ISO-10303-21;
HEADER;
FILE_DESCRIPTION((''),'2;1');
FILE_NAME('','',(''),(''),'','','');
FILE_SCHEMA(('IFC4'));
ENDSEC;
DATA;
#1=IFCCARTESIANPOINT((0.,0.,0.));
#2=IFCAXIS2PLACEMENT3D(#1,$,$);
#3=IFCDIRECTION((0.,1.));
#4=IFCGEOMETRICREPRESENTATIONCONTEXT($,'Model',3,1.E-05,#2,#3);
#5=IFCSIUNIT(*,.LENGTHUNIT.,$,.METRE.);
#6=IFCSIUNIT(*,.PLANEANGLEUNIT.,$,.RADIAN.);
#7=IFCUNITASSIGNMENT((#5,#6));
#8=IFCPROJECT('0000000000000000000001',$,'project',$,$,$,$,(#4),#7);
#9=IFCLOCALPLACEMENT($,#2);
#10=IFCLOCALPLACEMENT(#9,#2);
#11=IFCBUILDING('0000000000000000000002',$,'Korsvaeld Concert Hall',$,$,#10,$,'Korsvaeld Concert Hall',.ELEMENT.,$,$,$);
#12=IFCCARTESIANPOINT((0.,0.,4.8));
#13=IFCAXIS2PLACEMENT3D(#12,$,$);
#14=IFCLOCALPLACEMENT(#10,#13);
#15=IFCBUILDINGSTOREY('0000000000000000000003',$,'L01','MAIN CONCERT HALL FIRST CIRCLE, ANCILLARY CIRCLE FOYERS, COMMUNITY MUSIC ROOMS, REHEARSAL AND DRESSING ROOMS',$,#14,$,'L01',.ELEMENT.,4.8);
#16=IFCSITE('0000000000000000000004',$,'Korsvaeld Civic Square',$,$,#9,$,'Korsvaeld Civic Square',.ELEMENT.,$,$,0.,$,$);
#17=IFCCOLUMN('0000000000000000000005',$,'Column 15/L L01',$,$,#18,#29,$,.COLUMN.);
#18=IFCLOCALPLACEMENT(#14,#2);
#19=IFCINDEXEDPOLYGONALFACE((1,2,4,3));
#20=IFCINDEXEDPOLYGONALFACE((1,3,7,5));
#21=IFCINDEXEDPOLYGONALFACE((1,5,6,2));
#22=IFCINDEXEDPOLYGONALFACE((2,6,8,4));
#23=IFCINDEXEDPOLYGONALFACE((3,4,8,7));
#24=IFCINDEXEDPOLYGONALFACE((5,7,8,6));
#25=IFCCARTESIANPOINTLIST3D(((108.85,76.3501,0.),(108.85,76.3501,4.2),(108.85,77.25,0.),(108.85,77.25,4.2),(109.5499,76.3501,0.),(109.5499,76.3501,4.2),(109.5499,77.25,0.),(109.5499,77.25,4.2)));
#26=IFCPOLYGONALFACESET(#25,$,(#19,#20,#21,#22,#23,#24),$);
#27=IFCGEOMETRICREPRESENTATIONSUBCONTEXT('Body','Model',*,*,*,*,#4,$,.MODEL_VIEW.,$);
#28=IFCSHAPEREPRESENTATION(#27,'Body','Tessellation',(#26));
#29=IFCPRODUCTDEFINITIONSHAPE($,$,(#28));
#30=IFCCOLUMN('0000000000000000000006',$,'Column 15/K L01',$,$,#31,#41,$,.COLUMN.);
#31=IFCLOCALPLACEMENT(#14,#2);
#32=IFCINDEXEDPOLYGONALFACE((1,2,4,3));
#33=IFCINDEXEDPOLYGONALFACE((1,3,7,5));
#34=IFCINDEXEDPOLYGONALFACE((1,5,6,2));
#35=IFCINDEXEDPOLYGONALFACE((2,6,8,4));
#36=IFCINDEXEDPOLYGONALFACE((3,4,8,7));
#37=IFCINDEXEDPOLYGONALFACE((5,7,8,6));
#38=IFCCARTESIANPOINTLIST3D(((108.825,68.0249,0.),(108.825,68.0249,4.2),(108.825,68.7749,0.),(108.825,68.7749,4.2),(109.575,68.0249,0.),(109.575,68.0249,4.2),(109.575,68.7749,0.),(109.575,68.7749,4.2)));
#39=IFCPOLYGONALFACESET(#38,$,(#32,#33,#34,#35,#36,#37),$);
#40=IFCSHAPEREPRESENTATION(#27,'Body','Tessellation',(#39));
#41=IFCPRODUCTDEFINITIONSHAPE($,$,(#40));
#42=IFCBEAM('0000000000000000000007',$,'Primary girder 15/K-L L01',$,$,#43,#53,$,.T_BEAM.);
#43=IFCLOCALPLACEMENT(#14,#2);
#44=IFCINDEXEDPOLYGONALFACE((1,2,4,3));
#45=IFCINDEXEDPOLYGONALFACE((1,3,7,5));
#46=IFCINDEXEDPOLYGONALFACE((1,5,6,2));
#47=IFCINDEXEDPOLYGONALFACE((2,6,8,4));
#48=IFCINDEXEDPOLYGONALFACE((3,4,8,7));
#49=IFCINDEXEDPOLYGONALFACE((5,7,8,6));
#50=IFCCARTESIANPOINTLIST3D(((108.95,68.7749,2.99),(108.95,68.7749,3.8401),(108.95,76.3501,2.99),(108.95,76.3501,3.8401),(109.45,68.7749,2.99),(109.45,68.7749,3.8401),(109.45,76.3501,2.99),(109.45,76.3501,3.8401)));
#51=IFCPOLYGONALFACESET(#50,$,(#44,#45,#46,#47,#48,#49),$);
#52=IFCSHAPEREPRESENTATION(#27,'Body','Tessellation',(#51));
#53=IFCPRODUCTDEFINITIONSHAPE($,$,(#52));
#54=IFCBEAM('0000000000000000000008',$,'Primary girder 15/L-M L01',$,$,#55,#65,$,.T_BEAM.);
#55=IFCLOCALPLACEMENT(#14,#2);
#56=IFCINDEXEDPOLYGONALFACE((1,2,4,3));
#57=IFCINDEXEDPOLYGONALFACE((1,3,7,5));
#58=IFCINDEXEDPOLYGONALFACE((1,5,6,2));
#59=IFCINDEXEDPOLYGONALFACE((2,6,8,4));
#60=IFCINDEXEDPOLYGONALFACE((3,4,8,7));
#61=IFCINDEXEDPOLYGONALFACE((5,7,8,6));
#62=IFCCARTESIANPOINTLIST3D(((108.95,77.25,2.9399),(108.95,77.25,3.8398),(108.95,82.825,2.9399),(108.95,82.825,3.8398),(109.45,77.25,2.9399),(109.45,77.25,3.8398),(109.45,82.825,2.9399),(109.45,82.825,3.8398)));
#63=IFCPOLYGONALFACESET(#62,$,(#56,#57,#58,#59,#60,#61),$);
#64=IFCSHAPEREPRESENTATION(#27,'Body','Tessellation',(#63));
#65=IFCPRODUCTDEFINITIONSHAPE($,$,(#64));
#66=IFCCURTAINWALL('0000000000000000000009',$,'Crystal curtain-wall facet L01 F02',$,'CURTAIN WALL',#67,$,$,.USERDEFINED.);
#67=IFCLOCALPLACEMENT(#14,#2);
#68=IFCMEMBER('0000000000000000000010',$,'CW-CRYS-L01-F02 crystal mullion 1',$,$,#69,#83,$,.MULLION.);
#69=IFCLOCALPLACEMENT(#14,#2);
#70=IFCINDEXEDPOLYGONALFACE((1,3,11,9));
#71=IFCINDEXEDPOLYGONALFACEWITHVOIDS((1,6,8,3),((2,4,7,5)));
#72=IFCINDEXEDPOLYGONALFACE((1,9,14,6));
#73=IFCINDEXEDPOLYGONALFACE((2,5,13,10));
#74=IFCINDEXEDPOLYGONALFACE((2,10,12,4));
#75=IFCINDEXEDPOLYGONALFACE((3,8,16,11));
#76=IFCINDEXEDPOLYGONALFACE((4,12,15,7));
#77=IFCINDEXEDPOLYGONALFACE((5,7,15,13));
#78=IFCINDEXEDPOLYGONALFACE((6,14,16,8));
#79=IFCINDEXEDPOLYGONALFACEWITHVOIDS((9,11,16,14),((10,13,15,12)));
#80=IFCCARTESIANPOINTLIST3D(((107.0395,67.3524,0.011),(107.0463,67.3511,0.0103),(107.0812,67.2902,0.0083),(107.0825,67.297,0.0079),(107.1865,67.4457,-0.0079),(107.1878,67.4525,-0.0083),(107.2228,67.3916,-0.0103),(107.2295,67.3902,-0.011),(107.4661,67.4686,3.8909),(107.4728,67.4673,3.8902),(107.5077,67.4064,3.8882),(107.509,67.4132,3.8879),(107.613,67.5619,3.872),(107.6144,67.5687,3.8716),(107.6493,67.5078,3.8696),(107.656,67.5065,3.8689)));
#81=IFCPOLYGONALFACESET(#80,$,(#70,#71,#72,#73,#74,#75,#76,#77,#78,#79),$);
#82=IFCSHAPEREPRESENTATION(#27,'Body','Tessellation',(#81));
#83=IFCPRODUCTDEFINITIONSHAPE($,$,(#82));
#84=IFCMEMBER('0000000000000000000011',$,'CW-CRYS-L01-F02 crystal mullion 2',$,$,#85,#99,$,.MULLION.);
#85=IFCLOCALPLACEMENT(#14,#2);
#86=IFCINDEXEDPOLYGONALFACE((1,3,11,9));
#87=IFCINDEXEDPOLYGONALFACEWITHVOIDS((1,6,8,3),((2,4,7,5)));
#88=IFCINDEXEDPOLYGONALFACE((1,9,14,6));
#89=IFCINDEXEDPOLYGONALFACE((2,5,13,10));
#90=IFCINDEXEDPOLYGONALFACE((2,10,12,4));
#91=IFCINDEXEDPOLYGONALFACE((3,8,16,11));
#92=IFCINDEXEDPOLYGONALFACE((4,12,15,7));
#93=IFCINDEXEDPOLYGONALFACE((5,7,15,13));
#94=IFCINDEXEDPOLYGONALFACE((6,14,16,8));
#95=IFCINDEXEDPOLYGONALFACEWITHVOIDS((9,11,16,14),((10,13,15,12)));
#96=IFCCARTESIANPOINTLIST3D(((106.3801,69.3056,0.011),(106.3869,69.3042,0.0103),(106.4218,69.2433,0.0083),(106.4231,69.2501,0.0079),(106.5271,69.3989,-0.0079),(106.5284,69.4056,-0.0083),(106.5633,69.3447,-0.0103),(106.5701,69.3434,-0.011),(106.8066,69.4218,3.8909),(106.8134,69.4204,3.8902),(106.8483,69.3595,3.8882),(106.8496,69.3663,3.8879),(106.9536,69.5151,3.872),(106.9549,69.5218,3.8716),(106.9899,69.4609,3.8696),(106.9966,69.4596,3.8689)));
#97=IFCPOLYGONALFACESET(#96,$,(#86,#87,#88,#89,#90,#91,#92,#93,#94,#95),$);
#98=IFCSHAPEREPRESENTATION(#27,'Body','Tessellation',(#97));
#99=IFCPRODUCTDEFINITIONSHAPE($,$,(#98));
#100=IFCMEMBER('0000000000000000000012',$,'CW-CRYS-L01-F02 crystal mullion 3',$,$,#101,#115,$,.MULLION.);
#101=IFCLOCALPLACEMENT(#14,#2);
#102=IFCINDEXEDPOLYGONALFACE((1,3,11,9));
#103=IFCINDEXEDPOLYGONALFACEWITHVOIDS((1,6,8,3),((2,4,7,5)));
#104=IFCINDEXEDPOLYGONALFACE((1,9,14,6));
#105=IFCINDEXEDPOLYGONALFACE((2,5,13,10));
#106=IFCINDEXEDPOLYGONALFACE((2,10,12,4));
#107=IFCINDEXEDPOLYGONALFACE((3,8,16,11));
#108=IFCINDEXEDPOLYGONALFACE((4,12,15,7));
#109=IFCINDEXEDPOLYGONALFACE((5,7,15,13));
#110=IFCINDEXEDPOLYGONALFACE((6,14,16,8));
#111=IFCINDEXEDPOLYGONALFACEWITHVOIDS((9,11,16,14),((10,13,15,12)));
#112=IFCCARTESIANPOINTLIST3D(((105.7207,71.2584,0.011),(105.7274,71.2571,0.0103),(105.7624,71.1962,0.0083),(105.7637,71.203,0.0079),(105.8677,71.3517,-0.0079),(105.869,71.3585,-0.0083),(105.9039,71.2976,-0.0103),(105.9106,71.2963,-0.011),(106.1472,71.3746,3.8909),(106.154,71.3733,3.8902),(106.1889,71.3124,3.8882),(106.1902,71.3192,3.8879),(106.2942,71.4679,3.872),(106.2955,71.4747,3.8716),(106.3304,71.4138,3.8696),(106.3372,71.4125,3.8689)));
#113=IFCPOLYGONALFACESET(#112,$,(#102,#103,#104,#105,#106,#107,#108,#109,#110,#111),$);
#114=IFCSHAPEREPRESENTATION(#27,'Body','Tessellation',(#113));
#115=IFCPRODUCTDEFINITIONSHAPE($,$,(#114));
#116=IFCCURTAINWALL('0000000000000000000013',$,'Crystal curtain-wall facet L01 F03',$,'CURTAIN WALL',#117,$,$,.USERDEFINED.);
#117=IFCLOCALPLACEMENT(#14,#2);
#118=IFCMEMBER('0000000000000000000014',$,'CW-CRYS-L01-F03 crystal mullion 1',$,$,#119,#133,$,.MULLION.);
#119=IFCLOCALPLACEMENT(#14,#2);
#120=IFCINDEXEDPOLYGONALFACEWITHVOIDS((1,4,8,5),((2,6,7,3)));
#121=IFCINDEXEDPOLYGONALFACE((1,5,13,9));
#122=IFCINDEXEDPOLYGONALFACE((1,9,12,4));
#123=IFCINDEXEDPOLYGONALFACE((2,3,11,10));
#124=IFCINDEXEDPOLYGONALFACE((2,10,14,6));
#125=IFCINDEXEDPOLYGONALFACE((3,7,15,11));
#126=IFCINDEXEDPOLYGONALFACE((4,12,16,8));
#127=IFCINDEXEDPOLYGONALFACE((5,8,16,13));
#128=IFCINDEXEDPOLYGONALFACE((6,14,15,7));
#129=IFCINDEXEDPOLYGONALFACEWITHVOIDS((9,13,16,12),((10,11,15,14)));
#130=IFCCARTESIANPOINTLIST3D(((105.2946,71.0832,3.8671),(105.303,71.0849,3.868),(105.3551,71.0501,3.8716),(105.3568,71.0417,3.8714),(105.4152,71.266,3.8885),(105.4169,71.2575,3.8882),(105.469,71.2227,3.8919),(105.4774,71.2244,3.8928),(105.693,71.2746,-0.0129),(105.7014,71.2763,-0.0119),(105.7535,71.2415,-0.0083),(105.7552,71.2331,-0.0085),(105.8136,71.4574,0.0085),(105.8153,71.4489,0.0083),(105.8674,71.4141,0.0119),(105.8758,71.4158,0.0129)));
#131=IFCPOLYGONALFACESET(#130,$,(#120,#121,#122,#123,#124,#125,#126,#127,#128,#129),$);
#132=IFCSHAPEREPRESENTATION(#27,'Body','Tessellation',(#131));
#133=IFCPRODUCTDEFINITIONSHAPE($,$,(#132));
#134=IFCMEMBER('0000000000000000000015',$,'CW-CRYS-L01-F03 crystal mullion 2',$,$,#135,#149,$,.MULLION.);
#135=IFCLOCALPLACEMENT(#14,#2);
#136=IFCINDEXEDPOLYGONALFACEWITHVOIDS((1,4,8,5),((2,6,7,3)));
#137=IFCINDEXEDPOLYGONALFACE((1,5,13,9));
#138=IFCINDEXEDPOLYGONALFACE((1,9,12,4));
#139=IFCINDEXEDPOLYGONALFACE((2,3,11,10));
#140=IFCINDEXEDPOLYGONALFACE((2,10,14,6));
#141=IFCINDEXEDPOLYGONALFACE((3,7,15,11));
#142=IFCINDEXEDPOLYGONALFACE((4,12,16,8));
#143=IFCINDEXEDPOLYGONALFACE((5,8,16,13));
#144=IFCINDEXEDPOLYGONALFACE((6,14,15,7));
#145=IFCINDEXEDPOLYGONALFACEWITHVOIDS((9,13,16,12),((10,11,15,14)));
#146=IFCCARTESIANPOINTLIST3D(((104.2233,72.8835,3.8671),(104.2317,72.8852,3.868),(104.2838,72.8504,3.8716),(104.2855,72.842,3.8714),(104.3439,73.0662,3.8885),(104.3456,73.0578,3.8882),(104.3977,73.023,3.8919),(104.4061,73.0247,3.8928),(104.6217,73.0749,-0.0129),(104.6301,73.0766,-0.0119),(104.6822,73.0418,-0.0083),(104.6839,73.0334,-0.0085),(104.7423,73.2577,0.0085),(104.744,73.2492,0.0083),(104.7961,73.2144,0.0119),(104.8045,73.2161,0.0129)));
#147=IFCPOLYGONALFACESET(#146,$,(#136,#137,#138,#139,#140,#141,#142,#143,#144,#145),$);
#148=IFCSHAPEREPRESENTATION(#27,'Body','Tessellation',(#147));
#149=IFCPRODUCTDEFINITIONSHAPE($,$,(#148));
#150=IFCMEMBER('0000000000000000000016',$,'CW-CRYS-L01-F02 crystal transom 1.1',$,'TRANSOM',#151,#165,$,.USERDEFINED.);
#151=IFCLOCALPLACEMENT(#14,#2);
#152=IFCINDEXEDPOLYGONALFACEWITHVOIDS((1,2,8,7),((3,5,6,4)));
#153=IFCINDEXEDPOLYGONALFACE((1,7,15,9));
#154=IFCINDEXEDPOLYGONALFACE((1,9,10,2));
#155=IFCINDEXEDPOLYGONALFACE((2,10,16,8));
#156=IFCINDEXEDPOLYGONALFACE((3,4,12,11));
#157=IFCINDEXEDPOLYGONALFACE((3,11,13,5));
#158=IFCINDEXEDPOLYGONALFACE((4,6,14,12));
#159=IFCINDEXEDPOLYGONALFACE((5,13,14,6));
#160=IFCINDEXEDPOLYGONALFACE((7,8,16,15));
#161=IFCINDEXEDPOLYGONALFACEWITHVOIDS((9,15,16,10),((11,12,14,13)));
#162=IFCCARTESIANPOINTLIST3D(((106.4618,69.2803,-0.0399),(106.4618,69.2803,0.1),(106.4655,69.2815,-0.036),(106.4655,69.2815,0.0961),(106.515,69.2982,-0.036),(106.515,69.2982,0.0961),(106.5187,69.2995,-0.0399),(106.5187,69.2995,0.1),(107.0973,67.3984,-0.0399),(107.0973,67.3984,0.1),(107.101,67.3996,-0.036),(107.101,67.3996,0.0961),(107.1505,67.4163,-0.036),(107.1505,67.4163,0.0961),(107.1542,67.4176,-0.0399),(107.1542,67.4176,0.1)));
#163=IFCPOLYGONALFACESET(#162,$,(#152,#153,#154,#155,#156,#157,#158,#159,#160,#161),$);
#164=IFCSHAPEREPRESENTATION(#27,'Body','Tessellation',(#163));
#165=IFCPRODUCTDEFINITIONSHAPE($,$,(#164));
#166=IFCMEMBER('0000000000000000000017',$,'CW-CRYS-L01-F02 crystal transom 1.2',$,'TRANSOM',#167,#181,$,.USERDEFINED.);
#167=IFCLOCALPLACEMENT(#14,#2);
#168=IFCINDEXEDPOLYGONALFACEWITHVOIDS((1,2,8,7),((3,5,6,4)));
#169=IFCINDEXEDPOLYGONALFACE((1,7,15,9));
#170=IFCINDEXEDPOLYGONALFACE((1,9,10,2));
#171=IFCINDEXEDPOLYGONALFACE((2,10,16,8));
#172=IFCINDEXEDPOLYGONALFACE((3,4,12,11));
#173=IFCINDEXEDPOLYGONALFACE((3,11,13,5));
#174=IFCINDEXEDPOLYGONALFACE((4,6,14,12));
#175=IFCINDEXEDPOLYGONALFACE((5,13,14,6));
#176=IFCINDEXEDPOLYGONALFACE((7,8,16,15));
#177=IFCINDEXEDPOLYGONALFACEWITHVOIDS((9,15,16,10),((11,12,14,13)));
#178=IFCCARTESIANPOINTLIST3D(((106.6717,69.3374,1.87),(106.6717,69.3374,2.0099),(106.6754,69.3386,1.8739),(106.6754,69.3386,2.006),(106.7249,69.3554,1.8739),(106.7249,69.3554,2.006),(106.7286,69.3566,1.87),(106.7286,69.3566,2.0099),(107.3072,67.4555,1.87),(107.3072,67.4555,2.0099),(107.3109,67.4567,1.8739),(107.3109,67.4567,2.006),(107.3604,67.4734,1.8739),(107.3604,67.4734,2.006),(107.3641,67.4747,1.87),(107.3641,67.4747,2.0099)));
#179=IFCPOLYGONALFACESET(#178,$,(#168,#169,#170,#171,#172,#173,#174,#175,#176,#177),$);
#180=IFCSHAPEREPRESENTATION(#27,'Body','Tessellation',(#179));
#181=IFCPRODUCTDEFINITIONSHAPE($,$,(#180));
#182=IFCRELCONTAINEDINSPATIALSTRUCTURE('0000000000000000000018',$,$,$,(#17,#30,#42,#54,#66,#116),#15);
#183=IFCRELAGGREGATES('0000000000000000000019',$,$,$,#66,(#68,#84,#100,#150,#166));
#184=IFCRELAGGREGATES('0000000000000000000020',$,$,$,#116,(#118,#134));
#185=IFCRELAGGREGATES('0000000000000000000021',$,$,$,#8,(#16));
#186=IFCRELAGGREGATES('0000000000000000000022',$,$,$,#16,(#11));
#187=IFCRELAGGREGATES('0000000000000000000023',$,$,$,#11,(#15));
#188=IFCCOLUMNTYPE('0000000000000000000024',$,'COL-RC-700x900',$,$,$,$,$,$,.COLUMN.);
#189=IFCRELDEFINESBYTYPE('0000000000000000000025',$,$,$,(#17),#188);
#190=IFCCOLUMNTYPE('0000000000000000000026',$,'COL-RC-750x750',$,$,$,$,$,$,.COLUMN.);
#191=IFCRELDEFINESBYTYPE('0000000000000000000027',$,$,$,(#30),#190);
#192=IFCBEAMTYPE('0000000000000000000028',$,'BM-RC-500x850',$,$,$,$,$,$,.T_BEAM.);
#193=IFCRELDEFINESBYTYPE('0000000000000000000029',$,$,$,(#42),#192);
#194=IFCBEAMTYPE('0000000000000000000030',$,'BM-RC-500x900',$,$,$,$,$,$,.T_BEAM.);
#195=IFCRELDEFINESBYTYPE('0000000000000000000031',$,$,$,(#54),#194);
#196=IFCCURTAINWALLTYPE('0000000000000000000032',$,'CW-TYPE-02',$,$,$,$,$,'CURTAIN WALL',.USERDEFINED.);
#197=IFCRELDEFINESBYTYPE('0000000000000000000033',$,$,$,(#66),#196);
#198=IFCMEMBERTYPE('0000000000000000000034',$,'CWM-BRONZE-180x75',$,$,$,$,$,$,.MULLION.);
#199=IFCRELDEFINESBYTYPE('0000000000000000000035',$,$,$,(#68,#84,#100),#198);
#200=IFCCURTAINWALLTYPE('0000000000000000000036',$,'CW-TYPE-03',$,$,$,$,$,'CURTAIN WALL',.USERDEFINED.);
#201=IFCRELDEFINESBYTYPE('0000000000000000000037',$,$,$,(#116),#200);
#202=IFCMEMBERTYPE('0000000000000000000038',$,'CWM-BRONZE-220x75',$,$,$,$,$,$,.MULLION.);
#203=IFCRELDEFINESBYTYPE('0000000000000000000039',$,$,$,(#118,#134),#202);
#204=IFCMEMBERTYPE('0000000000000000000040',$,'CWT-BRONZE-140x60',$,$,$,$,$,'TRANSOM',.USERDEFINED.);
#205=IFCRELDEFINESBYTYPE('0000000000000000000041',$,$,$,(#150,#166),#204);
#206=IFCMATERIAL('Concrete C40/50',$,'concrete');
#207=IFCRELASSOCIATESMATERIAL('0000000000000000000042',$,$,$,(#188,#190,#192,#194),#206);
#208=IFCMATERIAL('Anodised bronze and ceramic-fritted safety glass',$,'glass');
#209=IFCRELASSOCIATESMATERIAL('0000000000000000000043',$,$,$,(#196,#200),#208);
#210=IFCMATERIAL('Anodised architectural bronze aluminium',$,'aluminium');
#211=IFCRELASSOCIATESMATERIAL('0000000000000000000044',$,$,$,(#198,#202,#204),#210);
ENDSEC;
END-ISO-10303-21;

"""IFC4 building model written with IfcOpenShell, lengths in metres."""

from ifc_helpers import new_model, si_unit, direction, frame, origin, origin_2d, place, context, subcontext, project, spatial, rectangle, hollow_rectangle, extrude, material, material_profile, profile_set, type_object, element, aggregate, save


model = new_model("IFC4")

# Units and contexts
model_context = context("Model", 3, precision=1e-05, world=origin(), true_north=direction((0.0, 1.0)))
body_context = subcontext(model_context, "Body", "Model", "MODEL_VIEW")
ifc_project = project(units=[si_unit("LENGTHUNIT", "METRE"), si_unit("PLANEANGLEUNIT", "RADIAN")], contexts=[model_context])

# Site, building, storey
site_placement = place(None, origin())
site = spatial("IfcSite", under=ifc_project, at=site_placement, Name="Korsvaeld Civic Square", LongName="Korsvaeld Civic Square", CompositionType="ELEMENT", RefElevation=0.0)
building_placement = place(site_placement, origin())
building = spatial("IfcBuilding", under=site, at=building_placement, Name="Korsvaeld Concert Hall", LongName="Korsvaeld Concert Hall", CompositionType="ELEMENT")
storey_placement = place(building_placement, frame((0.0, 0.0, 4.8)))
storey = spatial("IfcBuildingStorey", under=building, at=storey_placement, Name="L01", Description="MAIN CONCERT HALL FIRST CIRCLE, ANCILLARY CIRCLE FOYERS, COMMUNITY MUSIC ROOMS, REHEARSAL AND DRESSING ROOMS", LongName="L01", CompositionType="ELEMENT", Elevation=4.8)

# Columns
ifc_material_1 = material(Name="Concrete C40/50", Category="concrete")
ifc_material_profile_1 = material_profile(ifc_material_1, rectangle(XDim=0.7, YDim=0.8999, at=origin_2d()), Name="RC 700x900")
ifc_profile_set_1 = profile_set([ifc_material_profile_1], Name="Concrete C40/50")
column_type_1 = type_object("IfcColumnType", Name="COL-RC-700x900", PredefinedType="COLUMN", material=ifc_profile_set_1)
column_1_placement = place(storey_placement, frame((109.2, 76.8, 0.0), z_axis=(0.0, 0.0, 1.0), x_axis=(1.0, 0.0, 0.0)))
element("IfcColumn", 1, at=column_1_placement, inside=storey, type_object=column_type_1, Name="Column 15/L L01", PredefinedType="COLUMN", context=body_context, shape_type="SweptSolid", body=[
    extrude(rectangle(XDim=0.7, YDim=0.8999, at=origin_2d()), origin(), (0.0, 0.0, 1.0), 4.2),
])
ifc_material_profile_2 = material_profile(ifc_material_1, rectangle(XDim=0.75, YDim=0.75, at=origin_2d()), Name="RC 750x750")
ifc_profile_set_2 = profile_set([ifc_material_profile_2], Name="Concrete C40/50")
column_type_2 = type_object("IfcColumnType", Name="COL-RC-750x750", PredefinedType="COLUMN", material=ifc_profile_set_2)
column_2_placement = place(storey_placement, frame((109.2, 68.3999, 0.0), z_axis=(0.0, 0.0, 1.0), x_axis=(1.0, 0.0, 0.0)))
element("IfcColumn", 2, at=column_2_placement, inside=storey, type_object=column_type_2, Name="Column 15/K L01", PredefinedType="COLUMN", context=body_context, shape_type="SweptSolid", body=[
    extrude(rectangle(XDim=0.75, YDim=0.75, at=origin_2d()), origin(), (0.0, 0.0, 1.0), 4.2),
])

# Beams
ifc_material_profile_3 = material_profile(ifc_material_1, rectangle(XDim=0.5, YDim=0.8501, at=origin_2d()), Name="RC 500x850")
ifc_profile_set_3 = profile_set([ifc_material_profile_3], Name="Concrete C40/50")
beam_type_1 = type_object("IfcBeamType", Name="BM-RC-500x850", PredefinedType="T_BEAM", material=ifc_profile_set_3)
beam_1_placement = place(storey_placement, frame((109.2, 68.7749, 3.415), z_axis=(0.0, 1.0, 0.0), x_axis=(-1.0, 0.0, 0.0)))
element("IfcBeam", 3, at=beam_1_placement, inside=storey, type_object=beam_type_1, Name="Primary girder 15/K-L L01", PredefinedType="T_BEAM", context=body_context, shape_type="SweptSolid", body=[
    extrude(rectangle(XDim=0.5, YDim=0.8501, at=origin_2d()), origin(), (0.0, 0.0, 1.0), 7.5752),
])
ifc_material_profile_4 = material_profile(ifc_material_1, rectangle(XDim=0.5, YDim=0.8999, at=origin_2d()), Name="RC 500x900")
ifc_profile_set_4 = profile_set([ifc_material_profile_4], Name="Concrete C40/50")
beam_type_2 = type_object("IfcBeamType", Name="BM-RC-500x900", PredefinedType="T_BEAM", material=ifc_profile_set_4)
beam_2_placement = place(storey_placement, frame((109.2, 77.25, 3.3899), z_axis=(0.0, 1.0, 0.0), x_axis=(-1.0, 0.0, 0.0)))
element("IfcBeam", 4, at=beam_2_placement, inside=storey, type_object=beam_type_2, Name="Primary girder 15/L-M L01", PredefinedType="T_BEAM", context=body_context, shape_type="SweptSolid", body=[
    extrude(rectangle(XDim=0.5, YDim=0.8999, at=origin_2d()), origin(), (0.0, 0.0, 1.0), 5.575),
])

# Curtain walls, members
ifc_material_2 = material(Name="Anodised bronze and ceramic-fritted safety glass", Category="glass")
curtain_wall_type_1 = type_object("IfcCurtainWallType", Name="CW-TYPE-02", ElementType="CURTAIN WALL", PredefinedType="USERDEFINED", material=ifc_material_2)
curtain_wall_1_placement = place(storey_placement, origin())
curtain_wall_1 = element("IfcCurtainWall", 5, at=curtain_wall_1_placement, inside=storey, type_object=curtain_wall_type_1, Name="Crystal curtain-wall facet L01 F02", ObjectType="CURTAIN WALL", PredefinedType="USERDEFINED")
ifc_material_3 = material(Name="Anodised architectural bronze aluminium", Category="aluminium")
ifc_material_profile_5 = material_profile(ifc_material_3, hollow_rectangle(XDim=0.075, YDim=0.1799, WallThickness=0.0049, at=origin_2d()), Name="CWM 180x75x5")
ifc_profile_set_5 = profile_set([ifc_material_profile_5], Name="Anodised architectural bronze aluminium")
member_type_1 = type_object("IfcMemberType", Name="CWM-BRONZE-180x75", PredefinedType="MULLION", material=ifc_profile_set_5)
member_1_placement = place(storey_placement, frame((107.1345, 67.3713, 0.0), z_axis=(0.109223, 0.02976, 0.993572), x_axis=(0.555751, -0.830559, -0.036216)))
member_1 = element("IfcMember", 6, at=member_1_placement, type_object=member_type_1, Name="CW-CRYS-L01-F02 crystal mullion 1", PredefinedType="MULLION", context=body_context, shape_type="SweptSolid", body=[
    extrude(hollow_rectangle(XDim=0.075, YDim=0.1799, WallThickness=0.0049, at=origin_2d()), origin(), (0.0, 0.0, 1.0), 3.905),
])
member_2_placement = place(storey_placement, frame((106.4751, 69.3245, 0.0), z_axis=(0.109223, 0.02976, 0.993572), x_axis=(0.555751, -0.830559, -0.036216)))
member_2 = element("IfcMember", 7, at=member_2_placement, type_object=member_type_1, Name="CW-CRYS-L01-F02 crystal mullion 2", PredefinedType="MULLION", context=body_context, shape_type="SweptSolid", body=[
    extrude(hollow_rectangle(XDim=0.075, YDim=0.1799, WallThickness=0.0049, at=origin_2d()), origin(), (0.0, 0.0, 1.0), 3.905),
])
member_3_placement = place(storey_placement, frame((105.8157, 71.2773, 0.0), z_axis=(0.109223, 0.02976, 0.993572), x_axis=(0.555751, -0.830559, -0.036216)))
member_3 = element("IfcMember", 8, at=member_3_placement, type_object=member_type_1, Name="CW-CRYS-L01-F02 crystal mullion 3", PredefinedType="MULLION", context=body_context, shape_type="SweptSolid", body=[
    extrude(hollow_rectangle(XDim=0.075, YDim=0.1799, WallThickness=0.0049, at=origin_2d()), origin(), (0.0, 0.0, 1.0), 3.905),
])
curtain_wall_type_2 = type_object("IfcCurtainWallType", Name="CW-TYPE-03", ElementType="CURTAIN WALL", PredefinedType="USERDEFINED", material=ifc_material_2)
curtain_wall_2_placement = place(storey_placement, origin())
curtain_wall_2 = element("IfcCurtainWall", 9, at=curtain_wall_2_placement, inside=storey, type_object=curtain_wall_type_2, Name="Crystal curtain-wall facet L01 F03", ObjectType="CURTAIN WALL", PredefinedType="USERDEFINED")
ifc_material_profile_6 = material_profile(ifc_material_3, hollow_rectangle(XDim=0.075, YDim=0.22, WallThickness=0.0061, at=origin_2d()), Name="CWM 220x75x6")
ifc_profile_set_6 = profile_set([ifc_material_profile_6], Name="Anodised architectural bronze aluminium")
member_type_2 = type_object("IfcMemberType", Name="CWM-BRONZE-220x75", PredefinedType="MULLION", material=ifc_profile_set_6)
member_4_placement = place(storey_placement, frame((105.7844, 71.3452, 0.0), z_axis=(-0.102033, -0.049016, 0.993573), x_axis=(-0.830086, 0.554624, -0.057883)))
member_4 = element("IfcMember", 10, at=member_4_placement, type_object=member_type_2, Name="CW-CRYS-L01-F03 crystal mullion 1", PredefinedType="MULLION", context=body_context, shape_type="SweptSolid", body=[
    extrude(hollow_rectangle(XDim=0.075, YDim=0.22, WallThickness=0.0061, at=origin_2d()), origin(), (0.0, 0.0, 1.0), 3.905),
])
member_5_placement = place(storey_placement, frame((104.7131, 73.1455, 0.0), z_axis=(-0.102033, -0.049016, 0.993573), x_axis=(-0.830086, 0.554624, -0.057883)))
member_5 = element("IfcMember", 11, at=member_5_placement, type_object=member_type_2, Name="CW-CRYS-L01-F03 crystal mullion 2", PredefinedType="MULLION", context=body_context, shape_type="SweptSolid", body=[
    extrude(hollow_rectangle(XDim=0.075, YDim=0.22, WallThickness=0.0061, at=origin_2d()), origin(), (0.0, 0.0, 1.0), 3.905),
])

# Members
ifc_material_profile_7 = material_profile(ifc_material_3, hollow_rectangle(XDim=0.0601, YDim=0.1399, WallThickness=0.0039, at=origin_2d()), Name="CWT 140x60x4")
ifc_profile_set_7 = profile_set([ifc_material_profile_7], Name="Anodised architectural bronze aluminium")
member_type_3 = type_object("IfcMemberType", Name="CWT-BRONZE-140x60", ElementType="TRANSOM", PredefinedType="USERDEFINED", material=ifc_profile_set_7)
member_6_placement = place(storey_placement, frame((107.1257, 67.408, 0.03), z_axis=(-0.31995, 0.947435, 0.0), x_axis=(-0.947435, -0.31995, 0.0)))
member_6 = element("IfcMember", 12, at=member_6_placement, type_object=member_type_3, Name="CW-CRYS-L01-F02 crystal transom 1.1", ObjectType="TRANSOM", PredefinedType="USERDEFINED", context=body_context, shape_type="SweptSolid", body=[
    extrude(hollow_rectangle(XDim=0.0601, YDim=0.1399, WallThickness=0.0039, at=origin_2d()), origin(), (0.0, 0.0, 1.0), 1.9863),
])
member_7_placement = place(storey_placement, frame((107.3357, 67.4651, 1.9399), z_axis=(-0.31995, 0.947435, 0.0), x_axis=(-0.947435, -0.31995, 0.0)))
member_7 = element("IfcMember", 13, at=member_7_placement, type_object=member_type_3, Name="CW-CRYS-L01-F02 crystal transom 1.2", ObjectType="TRANSOM", PredefinedType="USERDEFINED", context=body_context, shape_type="SweptSolid", body=[
    extrude(hollow_rectangle(XDim=0.0601, YDim=0.1399, WallThickness=0.0039, at=origin_2d()), origin(), (0.0, 0.0, 1.0), 1.9863),
])

aggregate(curtain_wall_1, [member_1, member_2, member_3, member_6, member_7])
aggregate(curtain_wall_2, [member_4, member_5])

save(model, "model.ifc")
